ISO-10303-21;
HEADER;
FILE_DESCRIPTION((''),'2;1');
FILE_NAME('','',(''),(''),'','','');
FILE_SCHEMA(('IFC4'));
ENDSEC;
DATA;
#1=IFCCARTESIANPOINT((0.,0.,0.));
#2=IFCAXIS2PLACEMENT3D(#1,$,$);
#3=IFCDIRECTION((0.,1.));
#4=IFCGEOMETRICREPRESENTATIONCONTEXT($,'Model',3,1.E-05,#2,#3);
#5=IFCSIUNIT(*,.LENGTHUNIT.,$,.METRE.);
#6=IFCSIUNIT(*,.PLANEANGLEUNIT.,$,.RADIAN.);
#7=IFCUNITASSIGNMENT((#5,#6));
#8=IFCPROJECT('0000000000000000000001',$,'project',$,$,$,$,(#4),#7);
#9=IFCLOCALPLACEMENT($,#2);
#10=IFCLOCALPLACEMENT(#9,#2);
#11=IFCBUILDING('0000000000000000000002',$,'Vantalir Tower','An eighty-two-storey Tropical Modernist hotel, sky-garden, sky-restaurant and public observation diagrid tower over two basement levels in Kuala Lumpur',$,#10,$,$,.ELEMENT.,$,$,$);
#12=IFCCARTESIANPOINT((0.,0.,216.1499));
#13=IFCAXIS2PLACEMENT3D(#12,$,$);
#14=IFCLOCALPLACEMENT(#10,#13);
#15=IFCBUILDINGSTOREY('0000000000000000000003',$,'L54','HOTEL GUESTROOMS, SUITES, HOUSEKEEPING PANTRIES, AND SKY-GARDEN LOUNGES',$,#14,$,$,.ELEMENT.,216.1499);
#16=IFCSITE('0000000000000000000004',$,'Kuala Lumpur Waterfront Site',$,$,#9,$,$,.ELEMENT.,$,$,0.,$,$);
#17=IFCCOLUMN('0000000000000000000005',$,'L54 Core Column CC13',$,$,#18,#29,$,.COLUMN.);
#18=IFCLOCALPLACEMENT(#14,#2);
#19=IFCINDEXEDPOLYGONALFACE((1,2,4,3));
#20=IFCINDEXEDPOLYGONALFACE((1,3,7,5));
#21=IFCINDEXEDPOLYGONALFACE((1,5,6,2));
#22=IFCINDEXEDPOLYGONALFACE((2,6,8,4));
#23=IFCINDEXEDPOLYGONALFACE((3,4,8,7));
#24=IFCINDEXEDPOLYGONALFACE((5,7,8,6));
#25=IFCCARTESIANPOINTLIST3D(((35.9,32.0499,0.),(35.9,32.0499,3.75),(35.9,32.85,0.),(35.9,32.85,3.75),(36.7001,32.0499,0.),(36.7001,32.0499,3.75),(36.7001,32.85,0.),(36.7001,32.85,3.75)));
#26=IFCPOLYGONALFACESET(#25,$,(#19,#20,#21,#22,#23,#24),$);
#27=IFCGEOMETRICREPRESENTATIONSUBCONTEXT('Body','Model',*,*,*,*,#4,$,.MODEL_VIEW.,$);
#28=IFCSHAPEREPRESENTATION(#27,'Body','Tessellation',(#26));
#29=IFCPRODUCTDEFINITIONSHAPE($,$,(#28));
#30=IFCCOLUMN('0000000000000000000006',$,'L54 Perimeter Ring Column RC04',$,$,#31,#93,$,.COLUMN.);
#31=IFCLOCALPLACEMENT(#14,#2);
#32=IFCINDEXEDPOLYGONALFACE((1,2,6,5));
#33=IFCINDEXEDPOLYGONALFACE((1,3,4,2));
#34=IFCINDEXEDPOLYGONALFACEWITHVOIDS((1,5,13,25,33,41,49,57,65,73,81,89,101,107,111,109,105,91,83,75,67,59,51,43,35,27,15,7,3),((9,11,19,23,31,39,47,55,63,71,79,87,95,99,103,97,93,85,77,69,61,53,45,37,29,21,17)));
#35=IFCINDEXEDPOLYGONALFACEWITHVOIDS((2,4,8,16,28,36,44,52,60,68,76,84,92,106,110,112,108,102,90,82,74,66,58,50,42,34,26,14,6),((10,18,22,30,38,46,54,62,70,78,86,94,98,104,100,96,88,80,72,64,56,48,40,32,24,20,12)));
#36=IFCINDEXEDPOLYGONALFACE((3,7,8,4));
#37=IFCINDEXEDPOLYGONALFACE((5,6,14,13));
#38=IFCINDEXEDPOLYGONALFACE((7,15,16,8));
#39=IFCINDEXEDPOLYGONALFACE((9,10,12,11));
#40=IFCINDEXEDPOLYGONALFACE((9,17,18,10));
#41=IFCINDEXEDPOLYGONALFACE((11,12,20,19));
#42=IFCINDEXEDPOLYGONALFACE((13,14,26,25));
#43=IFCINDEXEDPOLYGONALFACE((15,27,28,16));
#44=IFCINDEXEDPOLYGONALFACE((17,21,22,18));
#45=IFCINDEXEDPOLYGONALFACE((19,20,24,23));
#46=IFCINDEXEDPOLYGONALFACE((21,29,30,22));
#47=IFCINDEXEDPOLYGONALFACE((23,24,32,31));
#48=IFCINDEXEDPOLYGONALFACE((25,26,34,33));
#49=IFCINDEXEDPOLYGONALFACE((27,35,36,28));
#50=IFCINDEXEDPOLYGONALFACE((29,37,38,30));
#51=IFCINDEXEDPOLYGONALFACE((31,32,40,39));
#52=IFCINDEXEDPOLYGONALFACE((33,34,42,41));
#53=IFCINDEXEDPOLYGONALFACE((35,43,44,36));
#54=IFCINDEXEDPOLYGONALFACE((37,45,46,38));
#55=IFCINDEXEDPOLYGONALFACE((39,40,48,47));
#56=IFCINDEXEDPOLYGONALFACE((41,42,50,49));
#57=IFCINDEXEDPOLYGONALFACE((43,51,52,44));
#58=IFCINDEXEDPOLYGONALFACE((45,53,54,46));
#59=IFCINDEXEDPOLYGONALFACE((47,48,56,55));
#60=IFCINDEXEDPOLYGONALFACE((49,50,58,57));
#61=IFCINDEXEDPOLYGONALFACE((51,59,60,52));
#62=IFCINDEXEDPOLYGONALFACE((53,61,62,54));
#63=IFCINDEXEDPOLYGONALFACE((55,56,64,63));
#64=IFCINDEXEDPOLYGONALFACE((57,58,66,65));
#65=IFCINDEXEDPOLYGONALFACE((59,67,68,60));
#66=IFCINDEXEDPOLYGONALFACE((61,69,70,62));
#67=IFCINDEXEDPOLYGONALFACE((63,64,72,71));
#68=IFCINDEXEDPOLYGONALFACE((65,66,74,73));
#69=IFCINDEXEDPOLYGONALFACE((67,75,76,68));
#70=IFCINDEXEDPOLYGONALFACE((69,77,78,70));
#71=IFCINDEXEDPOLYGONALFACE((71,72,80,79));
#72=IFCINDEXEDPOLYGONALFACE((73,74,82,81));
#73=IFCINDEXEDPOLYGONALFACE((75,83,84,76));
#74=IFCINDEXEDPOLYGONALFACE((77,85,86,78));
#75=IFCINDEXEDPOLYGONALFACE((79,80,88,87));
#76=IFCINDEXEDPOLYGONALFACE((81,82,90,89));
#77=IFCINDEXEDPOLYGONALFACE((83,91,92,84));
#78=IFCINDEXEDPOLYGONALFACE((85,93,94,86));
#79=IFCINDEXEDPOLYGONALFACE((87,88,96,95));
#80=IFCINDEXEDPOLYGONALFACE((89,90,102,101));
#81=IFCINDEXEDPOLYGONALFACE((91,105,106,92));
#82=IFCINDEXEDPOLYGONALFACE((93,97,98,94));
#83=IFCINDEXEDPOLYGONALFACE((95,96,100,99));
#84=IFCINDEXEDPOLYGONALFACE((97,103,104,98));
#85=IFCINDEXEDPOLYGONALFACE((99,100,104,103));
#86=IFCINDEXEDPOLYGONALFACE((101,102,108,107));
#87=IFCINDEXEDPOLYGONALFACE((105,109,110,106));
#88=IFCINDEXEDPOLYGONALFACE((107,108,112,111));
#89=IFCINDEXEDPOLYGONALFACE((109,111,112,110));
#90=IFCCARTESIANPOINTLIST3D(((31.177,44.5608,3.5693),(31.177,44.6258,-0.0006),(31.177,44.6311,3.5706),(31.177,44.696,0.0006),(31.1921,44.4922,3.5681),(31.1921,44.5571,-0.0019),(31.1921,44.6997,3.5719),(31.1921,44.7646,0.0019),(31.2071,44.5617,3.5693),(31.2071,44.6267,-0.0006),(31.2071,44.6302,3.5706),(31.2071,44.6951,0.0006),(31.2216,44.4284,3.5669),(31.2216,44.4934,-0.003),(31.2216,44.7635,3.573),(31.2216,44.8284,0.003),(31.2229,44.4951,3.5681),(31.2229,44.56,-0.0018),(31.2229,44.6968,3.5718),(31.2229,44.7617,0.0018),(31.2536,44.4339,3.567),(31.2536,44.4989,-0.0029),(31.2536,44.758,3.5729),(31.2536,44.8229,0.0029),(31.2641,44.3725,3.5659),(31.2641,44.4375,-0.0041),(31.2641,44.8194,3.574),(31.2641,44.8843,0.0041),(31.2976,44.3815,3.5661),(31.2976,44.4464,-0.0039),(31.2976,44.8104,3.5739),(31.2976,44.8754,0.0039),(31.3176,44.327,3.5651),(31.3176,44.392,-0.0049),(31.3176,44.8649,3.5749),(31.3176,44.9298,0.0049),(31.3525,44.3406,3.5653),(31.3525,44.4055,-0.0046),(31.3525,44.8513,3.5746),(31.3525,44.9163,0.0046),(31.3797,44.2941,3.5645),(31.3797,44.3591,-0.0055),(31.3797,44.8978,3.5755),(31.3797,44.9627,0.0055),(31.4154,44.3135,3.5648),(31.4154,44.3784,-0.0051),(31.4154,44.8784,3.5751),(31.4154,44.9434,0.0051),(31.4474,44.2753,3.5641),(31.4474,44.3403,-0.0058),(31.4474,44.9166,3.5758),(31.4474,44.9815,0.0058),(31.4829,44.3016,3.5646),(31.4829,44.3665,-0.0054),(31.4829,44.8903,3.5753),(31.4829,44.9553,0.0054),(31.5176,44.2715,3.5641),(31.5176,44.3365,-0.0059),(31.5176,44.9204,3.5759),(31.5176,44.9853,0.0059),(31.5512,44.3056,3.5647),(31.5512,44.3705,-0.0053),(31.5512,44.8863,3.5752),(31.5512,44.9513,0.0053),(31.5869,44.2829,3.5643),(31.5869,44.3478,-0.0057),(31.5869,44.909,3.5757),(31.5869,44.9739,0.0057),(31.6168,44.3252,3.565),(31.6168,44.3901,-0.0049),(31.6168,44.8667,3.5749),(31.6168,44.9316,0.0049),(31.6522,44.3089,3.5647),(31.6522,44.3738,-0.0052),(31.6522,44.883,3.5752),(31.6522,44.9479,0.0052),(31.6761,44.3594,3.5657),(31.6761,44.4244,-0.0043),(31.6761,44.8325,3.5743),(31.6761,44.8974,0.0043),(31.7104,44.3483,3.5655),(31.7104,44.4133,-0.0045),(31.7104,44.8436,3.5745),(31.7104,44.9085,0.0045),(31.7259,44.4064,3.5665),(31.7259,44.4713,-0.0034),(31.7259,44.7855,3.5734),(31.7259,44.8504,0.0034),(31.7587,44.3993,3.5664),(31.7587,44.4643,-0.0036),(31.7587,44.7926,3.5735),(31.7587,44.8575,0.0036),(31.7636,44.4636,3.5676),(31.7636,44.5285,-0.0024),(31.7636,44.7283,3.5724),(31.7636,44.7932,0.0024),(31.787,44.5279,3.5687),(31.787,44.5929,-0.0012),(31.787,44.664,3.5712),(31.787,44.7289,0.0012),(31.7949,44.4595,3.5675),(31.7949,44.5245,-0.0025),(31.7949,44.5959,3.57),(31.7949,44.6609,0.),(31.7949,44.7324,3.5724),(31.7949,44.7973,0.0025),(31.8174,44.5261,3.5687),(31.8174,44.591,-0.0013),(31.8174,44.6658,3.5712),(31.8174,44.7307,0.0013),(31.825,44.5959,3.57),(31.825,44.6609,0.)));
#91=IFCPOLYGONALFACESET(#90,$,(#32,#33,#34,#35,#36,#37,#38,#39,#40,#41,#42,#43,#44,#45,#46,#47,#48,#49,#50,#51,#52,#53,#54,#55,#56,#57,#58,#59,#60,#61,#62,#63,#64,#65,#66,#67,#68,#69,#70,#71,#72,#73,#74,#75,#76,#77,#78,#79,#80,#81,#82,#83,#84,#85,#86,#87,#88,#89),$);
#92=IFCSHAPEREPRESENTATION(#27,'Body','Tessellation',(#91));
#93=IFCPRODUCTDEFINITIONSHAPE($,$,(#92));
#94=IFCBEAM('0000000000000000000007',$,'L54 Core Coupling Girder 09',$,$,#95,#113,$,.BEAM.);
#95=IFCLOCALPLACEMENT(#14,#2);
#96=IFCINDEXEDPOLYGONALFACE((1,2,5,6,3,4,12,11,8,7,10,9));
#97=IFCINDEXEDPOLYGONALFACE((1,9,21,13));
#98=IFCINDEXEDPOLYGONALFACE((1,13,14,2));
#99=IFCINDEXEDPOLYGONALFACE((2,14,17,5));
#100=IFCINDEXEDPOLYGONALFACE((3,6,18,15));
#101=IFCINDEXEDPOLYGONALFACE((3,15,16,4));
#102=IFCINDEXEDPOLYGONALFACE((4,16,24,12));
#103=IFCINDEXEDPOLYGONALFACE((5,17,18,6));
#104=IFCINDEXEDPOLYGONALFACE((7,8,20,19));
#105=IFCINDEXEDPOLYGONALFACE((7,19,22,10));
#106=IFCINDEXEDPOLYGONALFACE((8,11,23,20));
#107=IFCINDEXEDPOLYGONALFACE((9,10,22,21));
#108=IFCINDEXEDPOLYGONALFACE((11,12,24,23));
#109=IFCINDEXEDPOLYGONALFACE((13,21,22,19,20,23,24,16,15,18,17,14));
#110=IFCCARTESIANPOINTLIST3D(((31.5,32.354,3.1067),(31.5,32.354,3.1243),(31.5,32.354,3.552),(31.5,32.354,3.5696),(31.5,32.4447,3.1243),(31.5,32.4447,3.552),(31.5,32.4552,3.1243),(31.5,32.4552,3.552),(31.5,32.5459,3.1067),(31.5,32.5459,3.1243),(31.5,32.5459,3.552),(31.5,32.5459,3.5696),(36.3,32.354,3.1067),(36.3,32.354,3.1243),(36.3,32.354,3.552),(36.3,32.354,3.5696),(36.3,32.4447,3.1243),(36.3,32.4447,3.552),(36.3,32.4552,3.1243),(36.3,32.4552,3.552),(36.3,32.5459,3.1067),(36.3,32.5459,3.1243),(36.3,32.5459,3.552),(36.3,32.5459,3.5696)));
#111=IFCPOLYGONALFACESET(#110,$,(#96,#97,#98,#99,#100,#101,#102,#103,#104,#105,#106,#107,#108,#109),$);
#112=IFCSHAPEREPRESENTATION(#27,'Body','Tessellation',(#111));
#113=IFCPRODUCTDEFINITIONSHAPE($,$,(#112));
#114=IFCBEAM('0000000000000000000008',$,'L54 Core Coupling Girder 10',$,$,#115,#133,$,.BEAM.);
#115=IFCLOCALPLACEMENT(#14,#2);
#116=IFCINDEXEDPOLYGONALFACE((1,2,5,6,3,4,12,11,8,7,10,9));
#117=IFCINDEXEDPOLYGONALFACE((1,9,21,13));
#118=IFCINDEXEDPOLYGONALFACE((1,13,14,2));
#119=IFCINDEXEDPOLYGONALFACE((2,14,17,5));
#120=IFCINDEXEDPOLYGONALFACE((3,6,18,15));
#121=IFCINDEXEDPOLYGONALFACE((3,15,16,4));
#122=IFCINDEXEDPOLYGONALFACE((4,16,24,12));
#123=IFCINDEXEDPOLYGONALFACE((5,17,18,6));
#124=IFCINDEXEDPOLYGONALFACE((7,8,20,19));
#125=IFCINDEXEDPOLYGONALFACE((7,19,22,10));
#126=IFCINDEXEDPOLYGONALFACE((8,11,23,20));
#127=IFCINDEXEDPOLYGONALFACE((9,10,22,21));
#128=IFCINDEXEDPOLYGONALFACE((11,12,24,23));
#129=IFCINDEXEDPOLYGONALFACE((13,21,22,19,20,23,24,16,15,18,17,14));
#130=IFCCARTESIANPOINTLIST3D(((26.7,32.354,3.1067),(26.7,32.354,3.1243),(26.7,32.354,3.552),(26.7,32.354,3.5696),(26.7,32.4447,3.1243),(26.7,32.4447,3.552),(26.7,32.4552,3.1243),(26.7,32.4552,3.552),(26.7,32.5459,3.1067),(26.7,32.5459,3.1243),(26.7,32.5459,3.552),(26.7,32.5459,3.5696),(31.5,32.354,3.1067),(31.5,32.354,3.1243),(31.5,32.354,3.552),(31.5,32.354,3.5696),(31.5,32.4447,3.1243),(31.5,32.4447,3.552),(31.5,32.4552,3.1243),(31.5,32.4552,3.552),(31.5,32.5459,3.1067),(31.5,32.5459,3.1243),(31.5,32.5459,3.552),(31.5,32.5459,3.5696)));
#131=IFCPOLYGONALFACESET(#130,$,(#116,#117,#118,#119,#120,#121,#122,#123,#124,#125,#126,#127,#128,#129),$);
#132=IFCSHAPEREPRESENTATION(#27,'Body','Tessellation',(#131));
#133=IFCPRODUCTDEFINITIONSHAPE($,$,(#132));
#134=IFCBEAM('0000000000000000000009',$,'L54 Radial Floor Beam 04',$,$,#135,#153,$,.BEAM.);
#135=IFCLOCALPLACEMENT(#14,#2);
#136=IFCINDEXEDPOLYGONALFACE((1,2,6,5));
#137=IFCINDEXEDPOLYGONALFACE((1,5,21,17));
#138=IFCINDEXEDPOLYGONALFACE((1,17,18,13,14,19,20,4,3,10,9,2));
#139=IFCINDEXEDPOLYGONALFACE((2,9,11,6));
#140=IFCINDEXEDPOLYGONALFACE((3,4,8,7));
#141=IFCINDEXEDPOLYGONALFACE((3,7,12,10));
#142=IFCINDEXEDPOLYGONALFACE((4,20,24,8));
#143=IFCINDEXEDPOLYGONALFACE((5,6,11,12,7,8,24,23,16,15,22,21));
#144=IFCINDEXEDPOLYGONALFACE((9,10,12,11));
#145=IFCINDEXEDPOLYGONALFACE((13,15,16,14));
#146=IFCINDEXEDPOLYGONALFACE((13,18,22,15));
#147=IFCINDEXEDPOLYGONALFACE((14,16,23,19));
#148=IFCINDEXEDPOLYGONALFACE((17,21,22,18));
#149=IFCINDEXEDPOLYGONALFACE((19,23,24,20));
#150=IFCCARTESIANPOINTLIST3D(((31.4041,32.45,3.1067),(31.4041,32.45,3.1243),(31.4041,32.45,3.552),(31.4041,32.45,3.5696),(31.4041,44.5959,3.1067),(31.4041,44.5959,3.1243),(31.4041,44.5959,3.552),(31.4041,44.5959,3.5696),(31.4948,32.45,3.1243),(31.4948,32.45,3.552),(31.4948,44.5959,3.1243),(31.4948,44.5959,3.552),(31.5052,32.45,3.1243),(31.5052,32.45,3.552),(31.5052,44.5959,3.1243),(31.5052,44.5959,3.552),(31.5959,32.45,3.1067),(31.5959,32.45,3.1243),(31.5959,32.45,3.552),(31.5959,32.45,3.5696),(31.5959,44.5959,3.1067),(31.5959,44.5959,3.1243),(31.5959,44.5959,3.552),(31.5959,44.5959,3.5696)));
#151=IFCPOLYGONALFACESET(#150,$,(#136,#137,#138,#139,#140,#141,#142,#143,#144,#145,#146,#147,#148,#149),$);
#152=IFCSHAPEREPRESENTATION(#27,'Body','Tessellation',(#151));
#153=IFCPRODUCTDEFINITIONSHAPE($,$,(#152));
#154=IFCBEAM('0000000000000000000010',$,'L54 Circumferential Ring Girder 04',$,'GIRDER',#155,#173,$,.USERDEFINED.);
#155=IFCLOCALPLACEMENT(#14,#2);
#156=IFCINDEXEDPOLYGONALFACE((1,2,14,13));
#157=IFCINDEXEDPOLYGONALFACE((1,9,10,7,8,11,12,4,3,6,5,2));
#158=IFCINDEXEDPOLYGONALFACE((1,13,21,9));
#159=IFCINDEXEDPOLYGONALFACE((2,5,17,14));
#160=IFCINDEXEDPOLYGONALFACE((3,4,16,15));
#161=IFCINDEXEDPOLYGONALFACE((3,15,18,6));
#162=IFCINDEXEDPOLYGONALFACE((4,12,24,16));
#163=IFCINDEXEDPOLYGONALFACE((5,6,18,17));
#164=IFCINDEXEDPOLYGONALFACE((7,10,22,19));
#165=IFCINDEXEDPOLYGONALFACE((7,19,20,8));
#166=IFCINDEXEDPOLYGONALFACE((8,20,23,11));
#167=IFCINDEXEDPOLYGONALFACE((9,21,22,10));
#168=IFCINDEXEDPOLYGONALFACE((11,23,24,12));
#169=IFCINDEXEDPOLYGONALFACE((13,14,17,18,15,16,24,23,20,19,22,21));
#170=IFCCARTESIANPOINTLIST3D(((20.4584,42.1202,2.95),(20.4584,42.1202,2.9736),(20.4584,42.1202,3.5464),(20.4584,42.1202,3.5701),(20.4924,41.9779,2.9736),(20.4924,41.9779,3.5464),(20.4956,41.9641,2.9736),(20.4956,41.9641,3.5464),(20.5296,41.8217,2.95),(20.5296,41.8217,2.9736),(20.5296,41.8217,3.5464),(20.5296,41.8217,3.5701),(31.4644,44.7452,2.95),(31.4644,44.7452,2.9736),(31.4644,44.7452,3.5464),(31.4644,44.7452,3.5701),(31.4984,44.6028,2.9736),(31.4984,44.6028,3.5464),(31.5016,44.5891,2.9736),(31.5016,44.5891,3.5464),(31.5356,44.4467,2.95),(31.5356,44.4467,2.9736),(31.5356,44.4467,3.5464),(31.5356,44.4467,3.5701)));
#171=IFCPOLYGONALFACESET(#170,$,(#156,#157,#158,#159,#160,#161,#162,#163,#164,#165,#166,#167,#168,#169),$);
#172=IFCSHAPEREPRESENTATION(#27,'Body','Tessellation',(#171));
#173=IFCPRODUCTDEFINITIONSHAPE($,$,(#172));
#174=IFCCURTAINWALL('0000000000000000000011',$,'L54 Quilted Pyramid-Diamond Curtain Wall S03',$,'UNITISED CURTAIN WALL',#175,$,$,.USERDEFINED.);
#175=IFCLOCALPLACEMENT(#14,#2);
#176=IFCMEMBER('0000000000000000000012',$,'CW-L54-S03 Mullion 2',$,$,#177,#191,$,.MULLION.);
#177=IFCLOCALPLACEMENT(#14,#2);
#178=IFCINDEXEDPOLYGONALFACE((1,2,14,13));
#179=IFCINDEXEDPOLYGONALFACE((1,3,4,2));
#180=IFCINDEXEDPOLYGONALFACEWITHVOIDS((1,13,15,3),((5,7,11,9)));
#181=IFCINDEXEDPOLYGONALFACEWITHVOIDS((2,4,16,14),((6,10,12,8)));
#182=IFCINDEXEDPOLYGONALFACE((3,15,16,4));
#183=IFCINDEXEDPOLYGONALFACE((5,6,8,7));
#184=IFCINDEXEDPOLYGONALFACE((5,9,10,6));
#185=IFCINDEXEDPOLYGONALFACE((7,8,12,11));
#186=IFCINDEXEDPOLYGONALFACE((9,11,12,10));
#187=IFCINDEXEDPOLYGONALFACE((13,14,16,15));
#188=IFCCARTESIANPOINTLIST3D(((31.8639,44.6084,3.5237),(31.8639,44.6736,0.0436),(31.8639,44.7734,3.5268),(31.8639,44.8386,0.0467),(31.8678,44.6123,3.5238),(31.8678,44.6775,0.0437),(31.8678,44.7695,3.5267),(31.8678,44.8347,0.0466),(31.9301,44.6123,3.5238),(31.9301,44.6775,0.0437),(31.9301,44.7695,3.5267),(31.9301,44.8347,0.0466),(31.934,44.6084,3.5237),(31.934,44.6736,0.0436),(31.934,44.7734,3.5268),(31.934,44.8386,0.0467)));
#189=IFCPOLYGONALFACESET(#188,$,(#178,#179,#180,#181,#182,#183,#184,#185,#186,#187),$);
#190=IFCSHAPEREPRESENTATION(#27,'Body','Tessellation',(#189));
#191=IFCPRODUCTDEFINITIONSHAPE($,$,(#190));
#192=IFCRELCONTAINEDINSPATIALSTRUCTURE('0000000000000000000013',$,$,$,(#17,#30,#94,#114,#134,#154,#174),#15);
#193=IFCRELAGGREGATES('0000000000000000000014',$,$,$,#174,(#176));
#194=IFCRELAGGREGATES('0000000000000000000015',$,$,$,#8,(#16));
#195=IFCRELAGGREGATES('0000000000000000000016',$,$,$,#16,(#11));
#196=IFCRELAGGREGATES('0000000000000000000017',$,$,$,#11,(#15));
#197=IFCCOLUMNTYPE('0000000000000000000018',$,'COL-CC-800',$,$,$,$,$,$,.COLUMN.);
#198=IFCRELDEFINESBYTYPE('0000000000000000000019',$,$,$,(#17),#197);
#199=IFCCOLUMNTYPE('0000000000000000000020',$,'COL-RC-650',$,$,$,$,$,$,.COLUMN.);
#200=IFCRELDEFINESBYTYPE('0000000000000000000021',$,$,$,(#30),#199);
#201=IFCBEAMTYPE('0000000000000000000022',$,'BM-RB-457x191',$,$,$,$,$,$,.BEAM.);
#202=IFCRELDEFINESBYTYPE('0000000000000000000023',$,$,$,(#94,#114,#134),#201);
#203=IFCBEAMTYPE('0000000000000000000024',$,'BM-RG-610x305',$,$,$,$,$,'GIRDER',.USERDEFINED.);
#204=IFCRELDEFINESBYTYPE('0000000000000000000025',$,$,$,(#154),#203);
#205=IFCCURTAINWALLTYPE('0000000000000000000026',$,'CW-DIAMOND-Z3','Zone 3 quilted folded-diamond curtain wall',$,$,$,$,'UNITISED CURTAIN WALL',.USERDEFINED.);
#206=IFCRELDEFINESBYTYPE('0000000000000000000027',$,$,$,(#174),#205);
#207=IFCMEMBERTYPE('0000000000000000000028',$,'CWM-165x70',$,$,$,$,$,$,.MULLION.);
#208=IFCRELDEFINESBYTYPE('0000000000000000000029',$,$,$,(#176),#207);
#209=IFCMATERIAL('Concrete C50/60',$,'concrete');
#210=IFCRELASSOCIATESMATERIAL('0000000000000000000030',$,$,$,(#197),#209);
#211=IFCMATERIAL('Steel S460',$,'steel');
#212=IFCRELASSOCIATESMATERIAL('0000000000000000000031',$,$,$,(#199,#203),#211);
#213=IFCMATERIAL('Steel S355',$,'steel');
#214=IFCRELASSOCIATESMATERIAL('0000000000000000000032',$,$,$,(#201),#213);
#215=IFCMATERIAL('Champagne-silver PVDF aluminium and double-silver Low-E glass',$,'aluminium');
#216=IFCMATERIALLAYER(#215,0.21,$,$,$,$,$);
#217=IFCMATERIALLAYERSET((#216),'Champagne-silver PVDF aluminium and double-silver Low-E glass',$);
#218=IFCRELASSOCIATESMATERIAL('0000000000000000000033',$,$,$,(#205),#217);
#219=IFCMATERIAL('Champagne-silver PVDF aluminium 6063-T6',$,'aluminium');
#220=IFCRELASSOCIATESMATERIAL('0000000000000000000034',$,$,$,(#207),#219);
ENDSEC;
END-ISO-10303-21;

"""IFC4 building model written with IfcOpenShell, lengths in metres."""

from ifc_helpers import new_model, si_unit, direction, frame, origin, origin_2d, place, context, subcontext, project, spatial, rectangle, hollow_rectangle, hollow_circle, i_section, extrude, material, layer, layer_set, material_profile, profile_set, type_object, element, aggregate, save


model = new_model("IFC4")

# Units and contexts
model_context = context("Model", 3, precision=1e-05, world=origin(), true_north=direction((0.0, 1.0)))
body_context = subcontext(model_context, "Body", "Model", "MODEL_VIEW")
ifc_project = project(units=[si_unit("LENGTHUNIT", "METRE"), si_unit("PLANEANGLEUNIT", "RADIAN")], contexts=[model_context])

# Site, building, storey
site_placement = place(None, origin())
site = spatial("IfcSite", under=ifc_project, at=site_placement, Name="Kuala Lumpur Waterfront Site", CompositionType="ELEMENT", RefElevation=0.0)
building_placement = place(site_placement, origin())
building = spatial("IfcBuilding", under=site, at=building_placement, Name="Vantalir Tower", Description="An eighty-two-storey Tropical Modernist hotel, sky-garden, sky-restaurant and public observation diagrid tower over two basement levels in Kuala Lumpur", CompositionType="ELEMENT")
storey_placement = place(building_placement, frame((0.0, 0.0, 216.1499)))
storey = spatial("IfcBuildingStorey", under=building, at=storey_placement, Name="L54", Description="HOTEL GUESTROOMS, SUITES, HOUSEKEEPING PANTRIES, AND SKY-GARDEN LOUNGES", CompositionType="ELEMENT", Elevation=216.1499)

# Columns
ifc_material_1 = material(Name="Concrete C50/60", Category="concrete")
ifc_material_profile_1 = material_profile(ifc_material_1, rectangle(XDim=0.8, YDim=0.8, at=origin_2d()), Name="Concrete C50/60")
ifc_profile_set_1 = profile_set([ifc_material_profile_1], Name="Concrete C50/60")
column_type_1 = type_object("IfcColumnType", Name="COL-CC-800", PredefinedType="COLUMN", material=ifc_profile_set_1)
column_1_placement = place(storey_placement, frame((36.3, 32.45, 0.0), z_axis=(0.0, 0.0, 1.0), x_axis=(1.0, 0.0, 0.0)))
element("IfcColumn", 1, at=column_1_placement, inside=storey, type_object=column_type_1, Name="L54 Core Column CC13", PredefinedType="COLUMN", context=body_context, shape_type="SweptSolid", body=[
    extrude(rectangle(XDim=0.8, YDim=0.8, at=origin_2d()), origin(), (0.0, 0.0, 1.0), 3.75),
])
ifc_material_2 = material(Name="Steel S460", Category="steel")
ifc_material_profile_2 = material_profile(ifc_material_2, hollow_circle(Radius=0.325, WallThickness=0.03, at=origin_2d()), Name="Steel S460")
ifc_profile_set_2 = profile_set([ifc_material_profile_2], Name="Steel S460")
column_type_2 = type_object("IfcColumnType", Name="COL-RC-650", PredefinedType="COLUMN", material=ifc_profile_set_2)
column_2_placement = place(storey_placement, frame((31.5, 44.6609, 0.0), z_axis=(0.0, -0.018188, 0.999835), x_axis=(1.0, 0.0, 0.0)))
element("IfcColumn", 2, at=column_2_placement, inside=storey, type_object=column_type_2, Name="L54 Perimeter Ring Column RC04", PredefinedType="COLUMN", context=body_context, shape_type="SweptSolid", body=[
    extrude(hollow_circle(Radius=0.325, WallThickness=0.03, at=origin_2d()), origin(), (0.0, 0.0, 1.0), 3.5706),
])

# Beams
ifc_material_3 = material(Name="Steel S355", Category="steel")
ifc_material_profile_3 = material_profile(ifc_material_3, i_section(OverallWidth=0.1919, OverallDepth=0.4629, WebThickness=0.0105, FlangeThickness=0.0176, at=origin_2d()), Name="Steel S355")
ifc_profile_set_3 = profile_set([ifc_material_profile_3], Name="Steel S355")
beam_type_1 = type_object("IfcBeamType", Name="BM-RB-457x191", PredefinedType="BEAM", material=ifc_profile_set_3)
for number, where, z_axis, x_axis, name in (
    (3, (36.3, 32.45, 3.3381), (-1.0, 0.0, 0.0), (0.0, -1.0, 0.0), "L54 Core Coupling Girder 09"),
    (4, (31.5, 32.45, 3.3381), (-1.0, 0.0, 0.0), (0.0, -1.0, 0.0), "L54 Core Coupling Girder 10"),
):
    element("IfcBeam", number, at=place(storey_placement, frame(where, z_axis=z_axis, x_axis=x_axis)), inside=storey, type_object=beam_type_1, Name=name, PredefinedType="BEAM", context=body_context, shape_type="SweptSolid", body=[
        extrude(i_section(OverallWidth=0.1919, OverallDepth=0.4629, WebThickness=0.0105, FlangeThickness=0.0176, at=origin_2d()), origin(), (0.0, 0.0, 1.0), 4.8),
    ])
beam_1_placement = place(storey_placement, frame((31.5, 44.5959, 3.3381), z_axis=(0.0, -1.0, 0.0), x_axis=(1.0, 0.0, 0.0)))
element("IfcBeam", 5, at=beam_1_placement, inside=storey, type_object=beam_type_1, Name="L54 Radial Floor Beam 04", PredefinedType="BEAM", context=body_context, shape_type="SweptSolid", body=[
    extrude(i_section(OverallWidth=0.1919, OverallDepth=0.4629, WebThickness=0.0105, FlangeThickness=0.0176, at=origin_2d()), origin(), (0.0, 0.0, 1.0), 12.146),
])
ifc_material_profile_4 = material_profile(ifc_material_2, i_section(OverallWidth=0.3069, OverallDepth=0.6201, WebThickness=0.0142, FlangeThickness=0.0237, at=origin_2d()), Name="Steel S460")
ifc_profile_set_4 = profile_set([ifc_material_profile_4], Name="Steel S460")
beam_type_2 = type_object("IfcBeamType", Name="BM-RG-610x305", ElementType="GIRDER", PredefinedType="USERDEFINED", material=ifc_profile_set_4)
beam_2_placement = place(storey_placement, frame((31.5, 44.5959, 3.26), z_axis=(-0.972717, -0.231997, 0.0), x_axis=(0.231997, -0.972717, 0.0)))
element("IfcBeam", 6, at=beam_2_placement, inside=storey, type_object=beam_type_2, Name="L54 Circumferential Ring Girder 04", ObjectType="GIRDER", PredefinedType="USERDEFINED", context=body_context, shape_type="SweptSolid", body=[
    extrude(i_section(OverallWidth=0.3069, OverallDepth=0.6201, WebThickness=0.0142, FlangeThickness=0.0237, at=origin_2d()), origin(), (0.0, 0.0, 1.0), 11.3147),
])

# Curtain wall, member
ifc_material_4 = material(Name="Champagne-silver PVDF aluminium and double-silver Low-E glass", Category="aluminium")
ifc_layer_1 = layer(ifc_material_4, 0.21)
ifc_layer_set_1 = layer_set([ifc_layer_1], Name="Champagne-silver PVDF aluminium and double-silver Low-E glass")
curtain_wall_type = type_object("IfcCurtainWallType", Name="CW-DIAMOND-Z3", Description="Zone 3 quilted folded-diamond curtain wall", ElementType="UNITISED CURTAIN WALL", PredefinedType="USERDEFINED", material=ifc_layer_set_1)
curtain_wall_1_placement = place(storey_placement, origin())
curtain_wall_1 = element("IfcCurtainWall", 7, at=curtain_wall_1_placement, inside=storey, type_object=curtain_wall_type, Name="L54 Quilted Pyramid-Diamond Curtain Wall S03", ObjectType="UNITISED CURTAIN WALL", PredefinedType="USERDEFINED")
ifc_material_5 = material(Name="Champagne-silver PVDF aluminium 6063-T6", Category="aluminium")
ifc_material_profile_5 = material_profile(ifc_material_5, hollow_rectangle(XDim=0.0701, YDim=0.165, WallThickness=0.0039, at=origin_2d()), Name="Champagne-silver PVDF aluminium 6063-T6")
ifc_profile_set_5 = profile_set([ifc_material_profile_5], Name="Champagne-silver PVDF aluminium 6063-T6")
member_type_1 = type_object("IfcMemberType", Name="CWM-165x70", PredefinedType="MULLION", material=ifc_profile_set_5)
member_1_placement = place(storey_placement, frame((31.8989, 44.7561, 0.0452), z_axis=(0.0, -0.018728, 0.999825), x_axis=(1.0, 0.0, 0.0)))
member_1 = element("IfcMember", 8, at=member_1_placement, type_object=member_type_1, Name="CW-L54-S03 Mullion 2", PredefinedType="MULLION", context=body_context, shape_type="SweptSolid", body=[
    extrude(hollow_rectangle(XDim=0.0701, YDim=0.165, WallThickness=0.0039, at=origin_2d()), origin(), (0.0, 0.0, 1.0), 3.4807),
])

aggregate(curtain_wall_1, [member_1])

save(model, "model.ifc")
